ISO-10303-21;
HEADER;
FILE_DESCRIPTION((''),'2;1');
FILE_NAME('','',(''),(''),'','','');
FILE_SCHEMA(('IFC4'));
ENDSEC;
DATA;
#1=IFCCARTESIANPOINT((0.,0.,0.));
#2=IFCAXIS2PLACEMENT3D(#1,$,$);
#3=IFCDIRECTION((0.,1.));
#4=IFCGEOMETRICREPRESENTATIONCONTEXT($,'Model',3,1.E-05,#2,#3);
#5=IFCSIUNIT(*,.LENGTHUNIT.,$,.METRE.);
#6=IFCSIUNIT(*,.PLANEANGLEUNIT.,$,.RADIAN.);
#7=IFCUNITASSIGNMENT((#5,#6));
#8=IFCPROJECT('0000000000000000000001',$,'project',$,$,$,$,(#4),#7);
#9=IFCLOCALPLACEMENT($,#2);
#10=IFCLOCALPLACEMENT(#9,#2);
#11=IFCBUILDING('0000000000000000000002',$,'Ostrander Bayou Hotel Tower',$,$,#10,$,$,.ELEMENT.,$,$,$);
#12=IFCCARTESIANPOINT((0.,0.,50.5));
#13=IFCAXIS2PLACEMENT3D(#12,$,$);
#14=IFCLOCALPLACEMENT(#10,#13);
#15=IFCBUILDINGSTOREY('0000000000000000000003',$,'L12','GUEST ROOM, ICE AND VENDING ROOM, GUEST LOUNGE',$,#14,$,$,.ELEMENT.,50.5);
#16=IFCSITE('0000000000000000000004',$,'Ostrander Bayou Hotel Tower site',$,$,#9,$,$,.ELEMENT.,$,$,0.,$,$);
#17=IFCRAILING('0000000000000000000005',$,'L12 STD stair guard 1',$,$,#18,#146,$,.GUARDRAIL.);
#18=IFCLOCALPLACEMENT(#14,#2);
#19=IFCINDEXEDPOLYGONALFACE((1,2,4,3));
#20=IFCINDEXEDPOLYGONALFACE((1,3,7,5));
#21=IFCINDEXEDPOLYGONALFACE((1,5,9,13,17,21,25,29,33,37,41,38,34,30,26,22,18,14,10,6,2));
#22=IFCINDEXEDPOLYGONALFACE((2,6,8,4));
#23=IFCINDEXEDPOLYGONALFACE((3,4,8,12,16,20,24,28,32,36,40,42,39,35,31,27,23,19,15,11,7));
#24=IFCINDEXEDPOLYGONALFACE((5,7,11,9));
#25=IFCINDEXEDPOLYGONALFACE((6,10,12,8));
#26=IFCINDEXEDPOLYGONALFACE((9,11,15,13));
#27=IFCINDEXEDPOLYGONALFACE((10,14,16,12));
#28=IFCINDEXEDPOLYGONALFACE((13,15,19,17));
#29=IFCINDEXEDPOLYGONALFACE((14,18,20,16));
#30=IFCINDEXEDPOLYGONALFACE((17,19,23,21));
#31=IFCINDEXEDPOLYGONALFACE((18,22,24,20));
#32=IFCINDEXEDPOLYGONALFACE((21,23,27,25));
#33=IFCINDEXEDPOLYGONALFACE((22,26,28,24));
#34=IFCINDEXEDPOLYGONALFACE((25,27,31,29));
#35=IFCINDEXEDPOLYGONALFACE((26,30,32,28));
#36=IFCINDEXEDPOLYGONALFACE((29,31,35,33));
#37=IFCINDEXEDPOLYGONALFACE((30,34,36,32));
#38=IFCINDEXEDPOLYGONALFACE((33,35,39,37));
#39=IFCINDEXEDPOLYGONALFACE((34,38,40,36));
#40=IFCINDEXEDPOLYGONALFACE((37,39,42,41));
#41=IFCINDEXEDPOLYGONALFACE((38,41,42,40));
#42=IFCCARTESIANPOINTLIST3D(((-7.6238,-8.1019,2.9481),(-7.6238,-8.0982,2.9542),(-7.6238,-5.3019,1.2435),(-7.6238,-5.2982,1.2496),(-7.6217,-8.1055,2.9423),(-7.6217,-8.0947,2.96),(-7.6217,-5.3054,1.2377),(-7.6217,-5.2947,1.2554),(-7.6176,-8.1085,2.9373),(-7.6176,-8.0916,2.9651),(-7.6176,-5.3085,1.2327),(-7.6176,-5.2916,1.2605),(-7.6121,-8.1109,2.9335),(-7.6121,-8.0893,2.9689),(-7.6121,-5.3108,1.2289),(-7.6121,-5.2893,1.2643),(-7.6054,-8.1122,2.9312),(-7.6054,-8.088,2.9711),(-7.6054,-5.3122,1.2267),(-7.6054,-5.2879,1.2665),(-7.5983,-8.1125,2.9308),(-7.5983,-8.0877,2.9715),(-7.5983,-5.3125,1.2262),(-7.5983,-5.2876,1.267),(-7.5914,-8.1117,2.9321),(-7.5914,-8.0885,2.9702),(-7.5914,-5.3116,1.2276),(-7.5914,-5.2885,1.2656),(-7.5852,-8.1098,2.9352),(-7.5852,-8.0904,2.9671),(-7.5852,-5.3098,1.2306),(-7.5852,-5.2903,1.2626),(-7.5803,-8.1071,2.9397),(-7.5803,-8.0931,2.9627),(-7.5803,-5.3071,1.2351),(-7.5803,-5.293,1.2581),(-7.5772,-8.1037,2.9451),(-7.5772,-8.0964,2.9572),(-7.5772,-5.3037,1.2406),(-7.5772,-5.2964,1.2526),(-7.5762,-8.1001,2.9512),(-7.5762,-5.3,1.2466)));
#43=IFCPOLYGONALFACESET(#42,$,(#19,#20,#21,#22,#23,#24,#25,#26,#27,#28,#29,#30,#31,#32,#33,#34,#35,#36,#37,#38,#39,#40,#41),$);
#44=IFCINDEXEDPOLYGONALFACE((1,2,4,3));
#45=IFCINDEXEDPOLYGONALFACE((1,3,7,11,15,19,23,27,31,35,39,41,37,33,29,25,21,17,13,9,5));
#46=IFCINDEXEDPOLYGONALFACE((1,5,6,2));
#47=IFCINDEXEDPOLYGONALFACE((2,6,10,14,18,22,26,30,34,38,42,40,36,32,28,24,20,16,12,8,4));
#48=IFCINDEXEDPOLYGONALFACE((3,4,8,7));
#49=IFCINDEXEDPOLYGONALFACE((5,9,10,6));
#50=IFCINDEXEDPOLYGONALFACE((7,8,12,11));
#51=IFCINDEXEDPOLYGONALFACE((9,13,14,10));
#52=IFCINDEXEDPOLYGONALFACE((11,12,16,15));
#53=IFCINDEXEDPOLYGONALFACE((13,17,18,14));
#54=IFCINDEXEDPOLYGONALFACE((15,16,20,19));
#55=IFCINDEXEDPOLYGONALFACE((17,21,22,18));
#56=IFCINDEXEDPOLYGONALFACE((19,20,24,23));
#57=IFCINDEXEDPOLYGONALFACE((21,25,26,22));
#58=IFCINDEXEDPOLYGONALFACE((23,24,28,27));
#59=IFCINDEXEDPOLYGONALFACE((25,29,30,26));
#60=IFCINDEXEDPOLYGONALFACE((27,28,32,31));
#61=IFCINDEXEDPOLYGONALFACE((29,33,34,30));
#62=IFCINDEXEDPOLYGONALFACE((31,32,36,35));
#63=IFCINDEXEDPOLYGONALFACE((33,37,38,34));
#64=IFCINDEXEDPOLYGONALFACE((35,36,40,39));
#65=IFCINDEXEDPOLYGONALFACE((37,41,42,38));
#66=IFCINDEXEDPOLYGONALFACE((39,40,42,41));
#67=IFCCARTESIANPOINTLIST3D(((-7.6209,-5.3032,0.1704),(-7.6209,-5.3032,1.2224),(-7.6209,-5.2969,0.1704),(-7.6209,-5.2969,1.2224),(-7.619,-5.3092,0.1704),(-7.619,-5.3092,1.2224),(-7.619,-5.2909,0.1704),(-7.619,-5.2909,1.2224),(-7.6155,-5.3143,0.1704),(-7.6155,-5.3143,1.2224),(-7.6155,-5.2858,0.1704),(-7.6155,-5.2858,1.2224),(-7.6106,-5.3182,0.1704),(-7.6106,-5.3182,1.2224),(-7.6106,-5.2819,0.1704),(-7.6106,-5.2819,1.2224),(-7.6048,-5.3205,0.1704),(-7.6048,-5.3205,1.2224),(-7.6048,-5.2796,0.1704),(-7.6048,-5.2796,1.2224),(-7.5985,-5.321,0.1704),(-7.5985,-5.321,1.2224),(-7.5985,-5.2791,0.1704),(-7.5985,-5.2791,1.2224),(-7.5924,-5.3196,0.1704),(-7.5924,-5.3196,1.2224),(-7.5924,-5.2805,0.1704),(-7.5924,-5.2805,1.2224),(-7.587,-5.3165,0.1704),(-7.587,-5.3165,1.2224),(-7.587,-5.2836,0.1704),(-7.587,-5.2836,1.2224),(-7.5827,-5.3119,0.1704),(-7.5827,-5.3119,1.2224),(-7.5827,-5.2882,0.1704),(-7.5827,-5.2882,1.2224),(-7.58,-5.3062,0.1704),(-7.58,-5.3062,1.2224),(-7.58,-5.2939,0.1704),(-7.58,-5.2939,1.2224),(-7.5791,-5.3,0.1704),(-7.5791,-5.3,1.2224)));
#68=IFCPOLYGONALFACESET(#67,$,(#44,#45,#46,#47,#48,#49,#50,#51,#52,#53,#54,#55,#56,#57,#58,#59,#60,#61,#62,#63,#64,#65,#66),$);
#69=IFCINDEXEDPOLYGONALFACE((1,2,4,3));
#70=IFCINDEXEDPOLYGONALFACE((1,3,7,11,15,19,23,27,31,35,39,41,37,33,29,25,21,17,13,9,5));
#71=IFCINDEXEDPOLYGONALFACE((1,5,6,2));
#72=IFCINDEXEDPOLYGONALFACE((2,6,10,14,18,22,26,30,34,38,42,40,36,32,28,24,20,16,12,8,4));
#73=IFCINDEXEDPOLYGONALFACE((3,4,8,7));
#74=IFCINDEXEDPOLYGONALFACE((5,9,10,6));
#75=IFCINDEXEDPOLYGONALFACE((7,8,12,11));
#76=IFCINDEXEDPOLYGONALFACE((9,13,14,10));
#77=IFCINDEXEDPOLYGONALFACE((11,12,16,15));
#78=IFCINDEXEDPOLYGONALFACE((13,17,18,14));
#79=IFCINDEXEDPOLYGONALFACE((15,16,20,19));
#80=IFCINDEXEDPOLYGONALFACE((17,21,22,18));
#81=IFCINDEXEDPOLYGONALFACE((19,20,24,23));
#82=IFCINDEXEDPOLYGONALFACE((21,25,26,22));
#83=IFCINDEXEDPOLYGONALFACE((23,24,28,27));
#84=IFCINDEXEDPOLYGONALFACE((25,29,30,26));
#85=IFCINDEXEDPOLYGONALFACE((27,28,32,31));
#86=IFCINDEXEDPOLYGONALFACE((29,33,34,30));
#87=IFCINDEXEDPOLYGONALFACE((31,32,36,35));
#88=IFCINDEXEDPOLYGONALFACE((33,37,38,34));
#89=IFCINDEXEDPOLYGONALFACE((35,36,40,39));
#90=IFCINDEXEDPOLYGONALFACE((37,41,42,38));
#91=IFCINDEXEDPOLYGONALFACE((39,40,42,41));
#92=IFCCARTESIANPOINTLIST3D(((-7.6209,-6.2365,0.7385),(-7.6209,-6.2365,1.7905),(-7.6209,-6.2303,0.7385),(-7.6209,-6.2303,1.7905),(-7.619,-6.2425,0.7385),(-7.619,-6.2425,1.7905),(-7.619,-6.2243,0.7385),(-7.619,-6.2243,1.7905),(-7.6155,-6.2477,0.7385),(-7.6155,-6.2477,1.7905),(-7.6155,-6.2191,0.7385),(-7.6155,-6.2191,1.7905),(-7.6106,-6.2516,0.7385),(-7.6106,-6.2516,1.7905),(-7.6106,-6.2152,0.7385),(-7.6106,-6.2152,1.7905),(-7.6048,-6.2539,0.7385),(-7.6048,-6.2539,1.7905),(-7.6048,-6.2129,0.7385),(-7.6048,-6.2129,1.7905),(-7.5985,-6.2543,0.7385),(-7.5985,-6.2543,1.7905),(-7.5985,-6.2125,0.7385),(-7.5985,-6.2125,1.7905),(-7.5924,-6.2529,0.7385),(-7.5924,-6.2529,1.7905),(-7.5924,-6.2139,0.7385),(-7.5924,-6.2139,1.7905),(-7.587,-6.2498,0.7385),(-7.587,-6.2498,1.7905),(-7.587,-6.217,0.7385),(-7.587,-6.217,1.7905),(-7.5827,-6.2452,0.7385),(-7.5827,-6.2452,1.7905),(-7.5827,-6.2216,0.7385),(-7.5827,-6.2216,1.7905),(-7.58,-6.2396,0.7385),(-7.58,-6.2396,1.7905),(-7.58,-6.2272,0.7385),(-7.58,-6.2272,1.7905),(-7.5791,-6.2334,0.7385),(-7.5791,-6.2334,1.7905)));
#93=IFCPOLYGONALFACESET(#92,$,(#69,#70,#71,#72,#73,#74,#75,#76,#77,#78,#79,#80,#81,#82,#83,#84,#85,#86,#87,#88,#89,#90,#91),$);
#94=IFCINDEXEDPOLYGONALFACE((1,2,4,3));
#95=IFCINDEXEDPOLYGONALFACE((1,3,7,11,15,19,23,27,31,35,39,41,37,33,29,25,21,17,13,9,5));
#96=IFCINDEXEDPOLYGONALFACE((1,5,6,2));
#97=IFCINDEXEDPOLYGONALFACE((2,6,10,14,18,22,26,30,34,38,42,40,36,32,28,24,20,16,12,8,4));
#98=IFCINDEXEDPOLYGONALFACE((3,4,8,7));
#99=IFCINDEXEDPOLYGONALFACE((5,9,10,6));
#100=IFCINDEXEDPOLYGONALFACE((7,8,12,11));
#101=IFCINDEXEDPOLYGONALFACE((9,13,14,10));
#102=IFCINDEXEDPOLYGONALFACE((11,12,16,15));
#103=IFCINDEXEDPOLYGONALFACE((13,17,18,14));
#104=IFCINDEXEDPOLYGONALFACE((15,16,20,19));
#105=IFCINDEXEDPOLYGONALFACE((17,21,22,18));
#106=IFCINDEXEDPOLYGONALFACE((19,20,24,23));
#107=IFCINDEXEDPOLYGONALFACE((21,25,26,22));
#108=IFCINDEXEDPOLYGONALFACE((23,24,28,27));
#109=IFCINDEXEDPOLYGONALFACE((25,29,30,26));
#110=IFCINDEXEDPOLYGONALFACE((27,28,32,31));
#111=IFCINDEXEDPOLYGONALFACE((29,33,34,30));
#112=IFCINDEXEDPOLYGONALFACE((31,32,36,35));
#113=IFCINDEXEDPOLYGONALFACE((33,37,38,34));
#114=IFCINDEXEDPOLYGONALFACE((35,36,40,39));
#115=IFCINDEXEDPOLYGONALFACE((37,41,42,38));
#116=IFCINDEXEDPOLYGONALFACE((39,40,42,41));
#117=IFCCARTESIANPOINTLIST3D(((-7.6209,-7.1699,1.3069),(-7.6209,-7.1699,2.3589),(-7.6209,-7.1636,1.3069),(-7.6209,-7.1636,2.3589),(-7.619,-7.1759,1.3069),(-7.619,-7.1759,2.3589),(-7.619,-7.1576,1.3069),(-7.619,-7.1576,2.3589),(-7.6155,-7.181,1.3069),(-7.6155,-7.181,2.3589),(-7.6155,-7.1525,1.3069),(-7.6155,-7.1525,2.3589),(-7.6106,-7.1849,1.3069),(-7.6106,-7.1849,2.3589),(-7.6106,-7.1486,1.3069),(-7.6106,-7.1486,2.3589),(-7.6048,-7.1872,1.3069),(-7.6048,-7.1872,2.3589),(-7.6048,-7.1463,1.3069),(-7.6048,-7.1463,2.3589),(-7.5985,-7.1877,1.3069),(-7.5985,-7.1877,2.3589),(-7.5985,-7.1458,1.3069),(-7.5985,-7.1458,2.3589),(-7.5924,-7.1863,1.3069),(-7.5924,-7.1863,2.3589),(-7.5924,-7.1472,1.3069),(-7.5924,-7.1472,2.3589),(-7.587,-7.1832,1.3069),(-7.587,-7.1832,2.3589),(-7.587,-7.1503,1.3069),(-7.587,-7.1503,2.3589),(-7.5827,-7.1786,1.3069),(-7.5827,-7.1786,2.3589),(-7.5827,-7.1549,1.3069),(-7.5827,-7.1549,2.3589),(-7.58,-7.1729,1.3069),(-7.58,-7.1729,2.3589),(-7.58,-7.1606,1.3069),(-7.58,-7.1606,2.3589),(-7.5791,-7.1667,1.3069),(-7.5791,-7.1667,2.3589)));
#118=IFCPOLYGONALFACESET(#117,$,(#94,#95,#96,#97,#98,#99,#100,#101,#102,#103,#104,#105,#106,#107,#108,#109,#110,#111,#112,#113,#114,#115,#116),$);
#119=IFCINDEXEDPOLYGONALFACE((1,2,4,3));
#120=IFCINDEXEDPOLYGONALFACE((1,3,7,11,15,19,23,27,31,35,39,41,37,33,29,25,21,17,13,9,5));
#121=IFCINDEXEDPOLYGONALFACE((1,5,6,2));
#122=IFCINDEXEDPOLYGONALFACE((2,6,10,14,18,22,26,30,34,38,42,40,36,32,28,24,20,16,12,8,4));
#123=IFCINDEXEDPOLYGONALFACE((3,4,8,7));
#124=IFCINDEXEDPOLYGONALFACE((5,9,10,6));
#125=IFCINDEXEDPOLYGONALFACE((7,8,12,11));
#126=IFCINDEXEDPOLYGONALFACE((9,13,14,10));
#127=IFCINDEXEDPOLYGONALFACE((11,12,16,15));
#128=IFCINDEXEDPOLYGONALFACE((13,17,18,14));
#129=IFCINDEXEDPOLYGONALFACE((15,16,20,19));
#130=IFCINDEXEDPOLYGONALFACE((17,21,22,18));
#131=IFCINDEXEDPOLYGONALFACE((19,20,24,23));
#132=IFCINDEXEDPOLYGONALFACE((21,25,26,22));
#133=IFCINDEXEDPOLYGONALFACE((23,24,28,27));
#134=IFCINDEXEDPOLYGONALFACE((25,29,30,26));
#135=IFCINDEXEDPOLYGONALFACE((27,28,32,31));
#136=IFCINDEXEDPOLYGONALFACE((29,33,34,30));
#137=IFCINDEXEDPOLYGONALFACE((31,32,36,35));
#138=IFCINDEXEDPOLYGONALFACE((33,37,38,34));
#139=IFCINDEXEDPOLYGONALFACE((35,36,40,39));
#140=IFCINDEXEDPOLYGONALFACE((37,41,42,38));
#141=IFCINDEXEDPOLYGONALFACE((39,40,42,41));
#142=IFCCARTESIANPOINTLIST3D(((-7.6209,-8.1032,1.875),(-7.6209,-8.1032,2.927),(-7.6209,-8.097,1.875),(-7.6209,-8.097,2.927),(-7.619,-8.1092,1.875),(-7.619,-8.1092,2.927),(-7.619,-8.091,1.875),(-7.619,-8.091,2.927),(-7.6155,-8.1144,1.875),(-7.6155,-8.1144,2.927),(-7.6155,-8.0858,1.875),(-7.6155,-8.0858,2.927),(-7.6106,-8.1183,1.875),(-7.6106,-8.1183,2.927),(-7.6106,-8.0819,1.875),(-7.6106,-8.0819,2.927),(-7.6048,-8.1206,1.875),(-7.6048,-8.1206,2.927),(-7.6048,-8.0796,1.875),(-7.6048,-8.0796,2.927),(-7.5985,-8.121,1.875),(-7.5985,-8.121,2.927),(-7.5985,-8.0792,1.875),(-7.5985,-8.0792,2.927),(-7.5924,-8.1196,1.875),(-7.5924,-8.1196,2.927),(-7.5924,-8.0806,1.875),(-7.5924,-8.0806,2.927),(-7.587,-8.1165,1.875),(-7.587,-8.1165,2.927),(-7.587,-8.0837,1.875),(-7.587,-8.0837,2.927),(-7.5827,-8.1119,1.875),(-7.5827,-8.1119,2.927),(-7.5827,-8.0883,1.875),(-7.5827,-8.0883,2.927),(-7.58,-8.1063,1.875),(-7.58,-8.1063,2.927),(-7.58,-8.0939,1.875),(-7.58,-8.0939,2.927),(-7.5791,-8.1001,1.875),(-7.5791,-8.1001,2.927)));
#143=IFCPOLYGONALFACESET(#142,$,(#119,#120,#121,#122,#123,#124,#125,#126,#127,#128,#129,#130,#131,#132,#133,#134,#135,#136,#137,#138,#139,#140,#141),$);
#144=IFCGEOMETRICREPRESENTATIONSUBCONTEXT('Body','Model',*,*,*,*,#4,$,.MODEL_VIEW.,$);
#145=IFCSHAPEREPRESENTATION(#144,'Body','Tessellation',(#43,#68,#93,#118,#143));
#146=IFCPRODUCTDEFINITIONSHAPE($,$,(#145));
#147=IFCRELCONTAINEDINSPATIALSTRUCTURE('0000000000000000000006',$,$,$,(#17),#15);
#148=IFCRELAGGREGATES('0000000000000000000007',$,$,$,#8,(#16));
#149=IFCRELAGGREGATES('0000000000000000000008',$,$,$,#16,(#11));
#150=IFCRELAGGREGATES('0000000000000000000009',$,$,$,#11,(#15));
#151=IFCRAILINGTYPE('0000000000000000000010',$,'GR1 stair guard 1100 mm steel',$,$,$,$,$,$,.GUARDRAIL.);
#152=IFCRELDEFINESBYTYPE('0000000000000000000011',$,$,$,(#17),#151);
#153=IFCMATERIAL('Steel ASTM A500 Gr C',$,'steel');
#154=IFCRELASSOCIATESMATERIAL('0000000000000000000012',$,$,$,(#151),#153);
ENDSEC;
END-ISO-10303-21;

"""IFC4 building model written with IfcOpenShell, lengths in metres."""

from ifc_helpers import new_model, si_unit, direction, frame, origin, origin_2d, place, context, subcontext, project, spatial, circle, extrude, material, type_object, element, save


model = new_model("IFC4")

# Units and contexts
model_context = context("Model", 3, precision=1e-05, world=origin(), true_north=direction((0.0, 1.0)))
body_context = subcontext(model_context, "Body", "Model", "MODEL_VIEW")
ifc_project = project(units=[si_unit("LENGTHUNIT", "METRE"), si_unit("PLANEANGLEUNIT", "RADIAN")], contexts=[model_context])

# Site, building, storey
site_placement = place(None, origin())
site = spatial("IfcSite", under=ifc_project, at=site_placement, Name="Ostrander Bayou Hotel Tower site", CompositionType="ELEMENT", RefElevation=0.0)
building_placement = place(site_placement, origin())
building = spatial("IfcBuilding", under=site, at=building_placement, Name="Ostrander Bayou Hotel Tower", CompositionType="ELEMENT")
storey_placement = place(building_placement, frame((0.0, 0.0, 50.5)))
storey = spatial("IfcBuildingStorey", under=building, at=storey_placement, Name="L12", Description="GUEST ROOM, ICE AND VENDING ROOM, GUEST LOUNGE", CompositionType="ELEMENT", Elevation=50.5)

# Railing
ifc_material_1 = material(Name="Steel ASTM A500 Gr C", Category="steel")
railing_type_1 = type_object("IfcRailingType", Name="GR1 stair guard 1100 mm steel", PredefinedType="GUARDRAIL", material=ifc_material_1)
railing_1_placement = place(storey_placement, frame((-7.6001, -5.3, 0.1704)))
element("IfcRailing", 1, at=railing_1_placement, inside=storey, type_object=railing_type_1, Name="L12 STD stair guard 1", PredefinedType="GUARDRAIL", context=body_context, shape_type="SweptSolid", body=[
    extrude(circle(Radius=0.0239, at=origin_2d()), frame((0.0, 0.0, 1.0762), z_axis=(0.0, -0.85417, 0.519994), x_axis=(1.0, 0.0, 0.0)), (0.0, 0.0, 1.0), 3.2781),
    extrude(circle(Radius=0.021, at=origin_2d()), origin(), (0.0, 0.0, 1.0), 1.052),
    extrude(circle(Radius=0.021, at=origin_2d()), frame((0.0, -0.9333, 0.5681)), (0.0, 0.0, 1.0), 1.052),
    extrude(circle(Radius=0.021, at=origin_2d()), frame((0.0, -1.8667, 1.1365)), (0.0, 0.0, 1.0), 1.052),
    extrude(circle(Radius=0.021, at=origin_2d()), frame((0.0, -2.8, 1.7046)), (0.0, 0.0, 1.0), 1.052),
])

save(model, "model.ifc")
